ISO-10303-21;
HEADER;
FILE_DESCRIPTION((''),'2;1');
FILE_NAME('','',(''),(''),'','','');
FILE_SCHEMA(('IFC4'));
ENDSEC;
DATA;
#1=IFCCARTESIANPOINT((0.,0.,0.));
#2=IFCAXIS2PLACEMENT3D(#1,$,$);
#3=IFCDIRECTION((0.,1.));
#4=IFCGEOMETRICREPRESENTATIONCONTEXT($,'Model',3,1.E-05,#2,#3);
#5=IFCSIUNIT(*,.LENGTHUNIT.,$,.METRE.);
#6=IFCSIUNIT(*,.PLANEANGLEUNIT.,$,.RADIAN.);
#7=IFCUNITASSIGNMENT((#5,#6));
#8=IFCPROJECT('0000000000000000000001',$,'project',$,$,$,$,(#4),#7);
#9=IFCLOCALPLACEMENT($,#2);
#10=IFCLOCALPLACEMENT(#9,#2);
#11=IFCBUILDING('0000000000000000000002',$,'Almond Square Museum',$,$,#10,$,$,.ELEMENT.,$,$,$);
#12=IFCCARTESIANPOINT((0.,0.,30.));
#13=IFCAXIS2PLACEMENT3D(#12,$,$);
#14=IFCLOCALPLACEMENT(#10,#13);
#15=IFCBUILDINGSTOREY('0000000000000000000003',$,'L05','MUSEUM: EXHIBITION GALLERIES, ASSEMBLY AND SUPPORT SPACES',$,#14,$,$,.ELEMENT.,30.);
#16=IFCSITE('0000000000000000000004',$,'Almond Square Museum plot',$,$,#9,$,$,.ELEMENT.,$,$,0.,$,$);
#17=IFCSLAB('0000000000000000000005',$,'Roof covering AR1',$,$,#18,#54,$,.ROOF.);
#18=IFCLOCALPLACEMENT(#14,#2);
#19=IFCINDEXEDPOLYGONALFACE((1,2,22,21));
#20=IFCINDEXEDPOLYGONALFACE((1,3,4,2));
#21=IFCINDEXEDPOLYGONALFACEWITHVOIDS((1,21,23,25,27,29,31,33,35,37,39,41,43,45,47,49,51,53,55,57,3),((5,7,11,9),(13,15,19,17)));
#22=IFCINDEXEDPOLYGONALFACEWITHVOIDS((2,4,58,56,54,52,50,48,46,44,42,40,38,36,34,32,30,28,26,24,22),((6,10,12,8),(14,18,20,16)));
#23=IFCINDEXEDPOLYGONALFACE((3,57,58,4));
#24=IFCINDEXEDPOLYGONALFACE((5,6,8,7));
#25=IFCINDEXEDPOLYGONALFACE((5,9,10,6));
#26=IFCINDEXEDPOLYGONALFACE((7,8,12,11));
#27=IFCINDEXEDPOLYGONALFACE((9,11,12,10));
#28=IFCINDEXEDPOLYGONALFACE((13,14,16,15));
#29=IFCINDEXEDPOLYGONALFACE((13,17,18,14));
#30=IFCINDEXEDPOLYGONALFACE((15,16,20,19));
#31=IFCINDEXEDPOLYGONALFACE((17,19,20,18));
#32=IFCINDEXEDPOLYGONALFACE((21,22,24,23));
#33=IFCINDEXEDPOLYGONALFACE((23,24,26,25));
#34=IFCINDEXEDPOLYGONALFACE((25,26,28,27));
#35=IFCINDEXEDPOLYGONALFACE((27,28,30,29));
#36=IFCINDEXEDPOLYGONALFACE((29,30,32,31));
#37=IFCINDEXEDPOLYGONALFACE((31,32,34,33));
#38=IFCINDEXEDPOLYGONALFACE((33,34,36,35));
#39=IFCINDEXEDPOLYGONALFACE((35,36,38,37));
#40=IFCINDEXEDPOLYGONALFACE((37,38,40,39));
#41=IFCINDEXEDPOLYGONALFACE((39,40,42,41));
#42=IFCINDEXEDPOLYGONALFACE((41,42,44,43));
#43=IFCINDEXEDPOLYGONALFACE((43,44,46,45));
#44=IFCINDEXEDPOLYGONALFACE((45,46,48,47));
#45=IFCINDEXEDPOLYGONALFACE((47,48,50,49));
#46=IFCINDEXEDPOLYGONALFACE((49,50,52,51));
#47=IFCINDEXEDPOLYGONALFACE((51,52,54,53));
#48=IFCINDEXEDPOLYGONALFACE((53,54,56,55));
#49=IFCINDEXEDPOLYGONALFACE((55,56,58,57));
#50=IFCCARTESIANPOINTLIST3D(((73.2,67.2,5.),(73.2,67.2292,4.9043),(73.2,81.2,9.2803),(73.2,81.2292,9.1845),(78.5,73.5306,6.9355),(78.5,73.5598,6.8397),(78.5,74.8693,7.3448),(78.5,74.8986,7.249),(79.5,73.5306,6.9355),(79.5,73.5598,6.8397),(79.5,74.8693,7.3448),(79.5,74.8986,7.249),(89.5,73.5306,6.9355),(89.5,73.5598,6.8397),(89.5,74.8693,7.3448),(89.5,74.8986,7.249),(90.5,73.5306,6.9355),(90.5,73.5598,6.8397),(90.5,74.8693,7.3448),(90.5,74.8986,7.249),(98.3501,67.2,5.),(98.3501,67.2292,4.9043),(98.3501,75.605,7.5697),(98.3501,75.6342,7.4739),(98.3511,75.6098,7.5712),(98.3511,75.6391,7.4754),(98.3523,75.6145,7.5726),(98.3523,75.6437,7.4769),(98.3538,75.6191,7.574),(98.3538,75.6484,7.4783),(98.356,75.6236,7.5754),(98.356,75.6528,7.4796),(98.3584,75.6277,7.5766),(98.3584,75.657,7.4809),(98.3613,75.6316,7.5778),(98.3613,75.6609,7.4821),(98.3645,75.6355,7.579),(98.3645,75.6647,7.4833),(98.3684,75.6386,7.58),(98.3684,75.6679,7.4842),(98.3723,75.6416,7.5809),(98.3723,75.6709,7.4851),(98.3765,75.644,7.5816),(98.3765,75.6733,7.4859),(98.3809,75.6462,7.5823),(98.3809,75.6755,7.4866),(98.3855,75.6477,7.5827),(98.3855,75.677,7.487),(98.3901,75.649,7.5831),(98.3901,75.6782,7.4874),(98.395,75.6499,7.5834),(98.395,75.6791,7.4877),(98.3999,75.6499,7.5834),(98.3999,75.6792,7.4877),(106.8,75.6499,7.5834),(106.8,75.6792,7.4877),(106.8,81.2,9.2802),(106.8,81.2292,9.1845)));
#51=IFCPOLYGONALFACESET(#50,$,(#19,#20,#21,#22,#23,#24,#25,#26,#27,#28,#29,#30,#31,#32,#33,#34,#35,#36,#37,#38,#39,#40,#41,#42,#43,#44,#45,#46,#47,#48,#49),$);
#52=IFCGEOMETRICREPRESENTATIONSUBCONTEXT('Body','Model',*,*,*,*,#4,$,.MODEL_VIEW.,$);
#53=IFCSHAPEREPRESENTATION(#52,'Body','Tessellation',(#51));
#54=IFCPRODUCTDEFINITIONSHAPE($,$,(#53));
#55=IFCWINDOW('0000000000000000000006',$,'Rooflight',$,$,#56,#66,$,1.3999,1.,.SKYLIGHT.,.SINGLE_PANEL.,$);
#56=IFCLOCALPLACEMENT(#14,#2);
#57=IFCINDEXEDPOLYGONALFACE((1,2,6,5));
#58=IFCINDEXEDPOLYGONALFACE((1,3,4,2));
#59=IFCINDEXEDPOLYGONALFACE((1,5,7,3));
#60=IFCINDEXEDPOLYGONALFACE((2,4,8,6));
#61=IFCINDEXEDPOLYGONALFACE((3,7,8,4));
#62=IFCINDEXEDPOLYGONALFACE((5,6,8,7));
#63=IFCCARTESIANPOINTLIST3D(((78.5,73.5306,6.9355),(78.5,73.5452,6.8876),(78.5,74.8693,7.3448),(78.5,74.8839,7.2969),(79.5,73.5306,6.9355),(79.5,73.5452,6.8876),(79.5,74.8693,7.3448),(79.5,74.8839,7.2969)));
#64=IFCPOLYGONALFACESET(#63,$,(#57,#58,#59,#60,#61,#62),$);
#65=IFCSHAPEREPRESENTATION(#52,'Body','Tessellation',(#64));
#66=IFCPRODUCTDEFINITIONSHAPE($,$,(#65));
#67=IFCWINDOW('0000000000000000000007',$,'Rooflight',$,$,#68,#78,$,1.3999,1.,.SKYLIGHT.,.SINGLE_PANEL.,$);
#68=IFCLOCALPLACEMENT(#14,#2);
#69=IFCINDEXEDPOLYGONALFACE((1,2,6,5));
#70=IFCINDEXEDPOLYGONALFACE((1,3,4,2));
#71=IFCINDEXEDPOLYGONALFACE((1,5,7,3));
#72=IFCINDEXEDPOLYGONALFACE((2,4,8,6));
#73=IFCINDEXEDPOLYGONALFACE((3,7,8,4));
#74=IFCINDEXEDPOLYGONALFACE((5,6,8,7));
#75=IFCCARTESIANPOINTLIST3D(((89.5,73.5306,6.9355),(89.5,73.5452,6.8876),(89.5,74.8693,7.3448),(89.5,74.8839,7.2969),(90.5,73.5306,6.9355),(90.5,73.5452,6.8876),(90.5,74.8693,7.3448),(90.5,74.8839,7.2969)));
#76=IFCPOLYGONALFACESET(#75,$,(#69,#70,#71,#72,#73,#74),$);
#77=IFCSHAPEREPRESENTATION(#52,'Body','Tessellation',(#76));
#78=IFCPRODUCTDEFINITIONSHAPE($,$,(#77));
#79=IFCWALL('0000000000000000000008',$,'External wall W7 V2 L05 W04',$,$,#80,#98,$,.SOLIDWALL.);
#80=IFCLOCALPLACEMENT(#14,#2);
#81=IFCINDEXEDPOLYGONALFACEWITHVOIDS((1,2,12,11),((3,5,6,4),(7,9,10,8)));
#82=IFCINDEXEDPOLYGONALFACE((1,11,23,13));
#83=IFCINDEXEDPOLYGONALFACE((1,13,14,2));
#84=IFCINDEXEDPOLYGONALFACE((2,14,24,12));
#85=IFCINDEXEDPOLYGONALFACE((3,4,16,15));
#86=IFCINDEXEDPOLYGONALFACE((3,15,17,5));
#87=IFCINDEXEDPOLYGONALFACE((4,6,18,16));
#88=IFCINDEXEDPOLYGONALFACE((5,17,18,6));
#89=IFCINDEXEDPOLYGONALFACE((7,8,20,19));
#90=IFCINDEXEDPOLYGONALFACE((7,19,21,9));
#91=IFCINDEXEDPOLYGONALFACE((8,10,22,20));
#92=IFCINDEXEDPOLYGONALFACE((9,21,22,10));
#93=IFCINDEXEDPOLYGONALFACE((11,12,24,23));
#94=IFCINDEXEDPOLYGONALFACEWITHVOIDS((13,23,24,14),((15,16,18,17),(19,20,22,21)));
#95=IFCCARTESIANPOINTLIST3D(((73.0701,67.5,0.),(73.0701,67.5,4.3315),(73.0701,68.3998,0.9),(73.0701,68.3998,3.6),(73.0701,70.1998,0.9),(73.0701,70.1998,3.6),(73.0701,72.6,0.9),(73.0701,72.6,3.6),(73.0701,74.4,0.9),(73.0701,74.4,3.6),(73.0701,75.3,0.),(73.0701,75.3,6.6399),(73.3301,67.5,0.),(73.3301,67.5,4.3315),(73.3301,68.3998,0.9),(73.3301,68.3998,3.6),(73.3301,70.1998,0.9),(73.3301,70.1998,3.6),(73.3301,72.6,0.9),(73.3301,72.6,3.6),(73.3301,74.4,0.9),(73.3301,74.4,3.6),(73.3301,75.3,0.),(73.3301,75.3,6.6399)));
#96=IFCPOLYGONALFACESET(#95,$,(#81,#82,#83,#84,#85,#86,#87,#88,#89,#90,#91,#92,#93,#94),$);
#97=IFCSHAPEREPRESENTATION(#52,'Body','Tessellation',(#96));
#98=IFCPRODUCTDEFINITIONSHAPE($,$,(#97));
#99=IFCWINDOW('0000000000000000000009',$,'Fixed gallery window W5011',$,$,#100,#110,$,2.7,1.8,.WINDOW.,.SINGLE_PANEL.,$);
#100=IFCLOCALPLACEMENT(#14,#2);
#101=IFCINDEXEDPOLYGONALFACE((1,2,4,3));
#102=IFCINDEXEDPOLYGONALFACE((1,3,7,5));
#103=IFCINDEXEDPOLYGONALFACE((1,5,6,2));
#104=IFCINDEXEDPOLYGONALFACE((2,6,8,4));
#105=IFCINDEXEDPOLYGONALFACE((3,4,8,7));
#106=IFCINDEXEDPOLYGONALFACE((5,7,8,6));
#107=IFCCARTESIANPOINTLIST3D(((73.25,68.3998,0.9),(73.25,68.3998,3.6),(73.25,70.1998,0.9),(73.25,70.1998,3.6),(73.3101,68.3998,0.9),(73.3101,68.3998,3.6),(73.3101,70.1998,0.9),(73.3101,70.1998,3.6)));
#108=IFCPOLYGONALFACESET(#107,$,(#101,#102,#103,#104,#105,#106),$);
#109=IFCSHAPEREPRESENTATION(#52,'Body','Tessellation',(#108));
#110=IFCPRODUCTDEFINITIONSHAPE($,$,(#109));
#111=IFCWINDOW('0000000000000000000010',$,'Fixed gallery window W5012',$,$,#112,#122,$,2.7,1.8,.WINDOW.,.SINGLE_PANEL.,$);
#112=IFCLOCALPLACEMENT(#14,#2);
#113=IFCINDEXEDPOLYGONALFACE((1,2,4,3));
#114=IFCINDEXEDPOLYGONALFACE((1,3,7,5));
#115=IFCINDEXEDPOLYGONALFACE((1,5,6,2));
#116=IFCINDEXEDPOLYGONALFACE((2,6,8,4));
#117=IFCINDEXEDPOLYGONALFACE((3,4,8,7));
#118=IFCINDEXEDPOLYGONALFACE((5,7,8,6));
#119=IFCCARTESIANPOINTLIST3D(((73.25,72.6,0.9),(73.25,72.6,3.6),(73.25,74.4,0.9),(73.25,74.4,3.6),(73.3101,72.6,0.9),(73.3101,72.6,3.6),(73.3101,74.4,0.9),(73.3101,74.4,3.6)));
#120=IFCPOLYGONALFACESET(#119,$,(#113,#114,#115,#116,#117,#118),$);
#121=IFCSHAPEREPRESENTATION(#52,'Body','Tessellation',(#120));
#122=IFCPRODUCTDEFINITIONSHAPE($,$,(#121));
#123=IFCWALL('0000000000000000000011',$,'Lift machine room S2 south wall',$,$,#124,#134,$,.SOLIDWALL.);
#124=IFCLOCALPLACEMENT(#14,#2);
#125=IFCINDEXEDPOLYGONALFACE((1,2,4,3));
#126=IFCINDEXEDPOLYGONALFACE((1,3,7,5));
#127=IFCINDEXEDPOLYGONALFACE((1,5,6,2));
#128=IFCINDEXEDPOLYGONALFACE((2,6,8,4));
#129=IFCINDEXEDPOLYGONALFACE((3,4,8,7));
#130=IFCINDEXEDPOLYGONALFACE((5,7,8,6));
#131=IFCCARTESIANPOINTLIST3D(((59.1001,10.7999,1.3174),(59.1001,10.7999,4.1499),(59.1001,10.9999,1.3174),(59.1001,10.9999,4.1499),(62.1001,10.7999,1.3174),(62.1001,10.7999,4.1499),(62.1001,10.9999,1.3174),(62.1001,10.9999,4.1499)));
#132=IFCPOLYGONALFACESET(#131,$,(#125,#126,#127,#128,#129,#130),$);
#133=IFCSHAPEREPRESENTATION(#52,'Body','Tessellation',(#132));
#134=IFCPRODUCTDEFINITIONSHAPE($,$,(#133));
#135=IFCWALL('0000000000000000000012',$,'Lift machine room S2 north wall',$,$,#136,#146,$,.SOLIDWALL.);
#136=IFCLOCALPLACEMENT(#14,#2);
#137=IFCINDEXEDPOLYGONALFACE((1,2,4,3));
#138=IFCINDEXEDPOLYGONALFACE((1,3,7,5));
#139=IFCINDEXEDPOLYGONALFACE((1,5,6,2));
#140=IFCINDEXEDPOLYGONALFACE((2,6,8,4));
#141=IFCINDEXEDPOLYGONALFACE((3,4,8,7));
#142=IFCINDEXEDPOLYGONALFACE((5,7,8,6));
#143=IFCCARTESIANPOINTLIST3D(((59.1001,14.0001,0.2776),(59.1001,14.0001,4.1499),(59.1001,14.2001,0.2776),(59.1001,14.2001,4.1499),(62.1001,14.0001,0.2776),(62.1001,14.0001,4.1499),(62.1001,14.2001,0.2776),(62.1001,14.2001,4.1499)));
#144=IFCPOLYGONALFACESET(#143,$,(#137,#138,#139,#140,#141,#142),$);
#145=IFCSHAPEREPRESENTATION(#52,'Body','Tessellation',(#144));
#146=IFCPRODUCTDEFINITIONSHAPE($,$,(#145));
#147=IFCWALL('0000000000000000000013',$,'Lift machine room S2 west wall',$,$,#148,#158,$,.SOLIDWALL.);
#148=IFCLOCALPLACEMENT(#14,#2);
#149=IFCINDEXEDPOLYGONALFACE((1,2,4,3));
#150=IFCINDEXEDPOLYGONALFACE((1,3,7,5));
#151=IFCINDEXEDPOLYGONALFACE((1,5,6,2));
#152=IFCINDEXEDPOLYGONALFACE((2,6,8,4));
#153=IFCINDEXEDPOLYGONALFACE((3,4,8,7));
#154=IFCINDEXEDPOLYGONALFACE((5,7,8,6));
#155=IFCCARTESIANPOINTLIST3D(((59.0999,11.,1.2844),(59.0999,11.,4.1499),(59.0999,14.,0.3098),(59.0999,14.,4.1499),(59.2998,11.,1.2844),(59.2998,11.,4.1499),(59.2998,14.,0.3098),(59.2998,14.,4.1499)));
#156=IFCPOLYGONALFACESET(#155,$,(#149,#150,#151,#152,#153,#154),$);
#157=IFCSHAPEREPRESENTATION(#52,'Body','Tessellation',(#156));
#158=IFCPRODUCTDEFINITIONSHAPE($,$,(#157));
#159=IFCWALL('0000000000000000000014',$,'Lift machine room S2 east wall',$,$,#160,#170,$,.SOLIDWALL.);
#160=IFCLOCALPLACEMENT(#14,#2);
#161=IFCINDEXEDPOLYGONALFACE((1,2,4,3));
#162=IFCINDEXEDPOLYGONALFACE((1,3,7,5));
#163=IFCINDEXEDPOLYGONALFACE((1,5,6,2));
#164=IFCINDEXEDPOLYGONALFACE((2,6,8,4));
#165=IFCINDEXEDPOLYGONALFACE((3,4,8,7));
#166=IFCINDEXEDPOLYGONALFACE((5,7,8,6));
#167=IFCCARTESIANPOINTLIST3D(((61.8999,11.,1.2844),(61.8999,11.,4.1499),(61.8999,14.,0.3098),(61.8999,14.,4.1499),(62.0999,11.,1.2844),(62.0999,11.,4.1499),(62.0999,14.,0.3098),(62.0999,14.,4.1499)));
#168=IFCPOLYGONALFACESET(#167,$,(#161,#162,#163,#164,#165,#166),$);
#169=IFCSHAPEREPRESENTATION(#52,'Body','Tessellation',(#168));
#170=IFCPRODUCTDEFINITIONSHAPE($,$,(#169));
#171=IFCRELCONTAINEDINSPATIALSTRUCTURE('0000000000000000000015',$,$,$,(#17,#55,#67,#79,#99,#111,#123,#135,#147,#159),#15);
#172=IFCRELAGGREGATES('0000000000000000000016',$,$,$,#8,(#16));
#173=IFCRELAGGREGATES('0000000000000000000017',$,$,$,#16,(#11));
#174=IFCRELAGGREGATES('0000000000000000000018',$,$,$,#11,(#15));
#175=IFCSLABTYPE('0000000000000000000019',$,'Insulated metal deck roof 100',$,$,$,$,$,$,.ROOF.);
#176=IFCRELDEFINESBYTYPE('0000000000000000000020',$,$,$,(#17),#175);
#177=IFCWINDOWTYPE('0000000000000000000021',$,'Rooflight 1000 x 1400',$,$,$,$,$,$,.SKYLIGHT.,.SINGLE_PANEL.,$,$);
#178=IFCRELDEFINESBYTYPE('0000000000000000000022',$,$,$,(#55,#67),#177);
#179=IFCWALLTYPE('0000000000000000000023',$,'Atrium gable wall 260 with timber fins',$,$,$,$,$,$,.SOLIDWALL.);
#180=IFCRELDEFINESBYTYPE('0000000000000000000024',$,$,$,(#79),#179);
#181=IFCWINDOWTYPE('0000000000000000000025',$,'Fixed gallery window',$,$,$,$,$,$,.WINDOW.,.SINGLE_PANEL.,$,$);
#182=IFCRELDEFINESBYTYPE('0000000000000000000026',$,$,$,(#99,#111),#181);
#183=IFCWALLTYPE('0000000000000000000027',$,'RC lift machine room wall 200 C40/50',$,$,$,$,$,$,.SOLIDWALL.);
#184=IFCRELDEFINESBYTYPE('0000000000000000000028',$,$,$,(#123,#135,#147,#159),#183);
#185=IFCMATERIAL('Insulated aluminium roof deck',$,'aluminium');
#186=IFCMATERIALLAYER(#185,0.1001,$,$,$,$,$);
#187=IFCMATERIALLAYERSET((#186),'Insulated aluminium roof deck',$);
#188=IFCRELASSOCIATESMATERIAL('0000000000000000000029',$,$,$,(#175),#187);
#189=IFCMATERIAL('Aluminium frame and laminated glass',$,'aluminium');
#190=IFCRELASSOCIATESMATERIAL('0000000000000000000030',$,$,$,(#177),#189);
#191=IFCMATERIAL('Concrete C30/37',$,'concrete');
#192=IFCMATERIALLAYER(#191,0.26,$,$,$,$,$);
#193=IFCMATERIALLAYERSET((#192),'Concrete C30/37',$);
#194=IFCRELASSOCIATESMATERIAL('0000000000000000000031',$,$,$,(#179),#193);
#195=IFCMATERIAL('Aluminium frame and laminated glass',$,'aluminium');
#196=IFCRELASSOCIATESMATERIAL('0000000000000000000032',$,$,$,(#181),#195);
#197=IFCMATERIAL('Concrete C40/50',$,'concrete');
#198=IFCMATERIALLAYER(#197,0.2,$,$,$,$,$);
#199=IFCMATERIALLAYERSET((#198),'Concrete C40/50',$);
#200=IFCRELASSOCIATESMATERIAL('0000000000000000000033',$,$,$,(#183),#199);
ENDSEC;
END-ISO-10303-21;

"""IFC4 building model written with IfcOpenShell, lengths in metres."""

from ifc_helpers import new_model, si_unit, direction, frame, frame_2d, origin, origin_2d, place, context, subcontext, project, spatial, polyline, rectangle, outline, extrude, material, layer, layer_set, type_object, element, fill, save


model = new_model("IFC4")

# Units and contexts
model_context = context("Model", 3, precision=1e-05, world=origin(), true_north=direction((0.0, 1.0)))
body_context = subcontext(model_context, "Body", "Model", "MODEL_VIEW")
ifc_project = project(units=[si_unit("LENGTHUNIT", "METRE"), si_unit("PLANEANGLEUNIT", "RADIAN")], contexts=[model_context])

# Site, building, storey
site_placement = place(None, origin())
site = spatial("IfcSite", under=ifc_project, at=site_placement, Name="Almond Square Museum plot", CompositionType="ELEMENT", RefElevation=0.0)
building_placement = place(site_placement, origin())
building = spatial("IfcBuilding", under=site, at=building_placement, Name="Almond Square Museum", CompositionType="ELEMENT")
storey_placement = place(building_placement, frame((0.0, 0.0, 30.0)))
storey = spatial("IfcBuildingStorey", under=building, at=storey_placement, Name="L05", Description="MUSEUM: EXHIBITION GALLERIES, ASSEMBLY AND SUPPORT SPACES", CompositionType="ELEMENT", Elevation=30.0)

# Slab, openings, windows
ifc_material_1 = material(Name="Insulated aluminium roof deck", Category="aluminium")
ifc_layer_1 = layer(ifc_material_1, 0.1001)
ifc_layer_set_1 = layer_set([ifc_layer_1], Name="Insulated aluminium roof deck")
slab_type = type_object("IfcSlabType", Name="Insulated metal deck roof 100", PredefinedType="ROOF", material=ifc_layer_set_1)
slab_placement = place(storey_placement, frame((73.2, 67.2, 5.0), z_axis=(0.000001, -0.292373, 0.956304), x_axis=(0.0, 0.956304, 0.292373)))
slab = element("IfcSlab", 1, at=slab_placement, inside=storey, type_object=slab_type, Name="Roof covering AR1", PredefinedType="ROOF", context=body_context, shape_type="SweptSolid", body=[
    extrude(outline(polyline([(0.0, 0.0), (14.6397, 0.0), (14.6397, -33.6001), (8.8361, -33.6001), (8.8361, -25.2), (8.836, -25.1951), (8.8351, -25.1902), (8.8338, -25.1855), (8.8322, -25.1809), (8.8299, -25.1765), (8.8273, -25.1724), (8.8243, -25.1685), (8.8209, -25.1646), (8.8169, -25.1614), (8.8128, -25.1584), (8.8085, -25.156), (8.8039, -25.1538), (8.799, -25.1523), (8.7941, -25.1511), (8.789, -25.1501), (8.7839, -25.1501), (0.0, -25.1501), (0.0, 0.0)])), origin(), (0.0, 0.0, -1.0), 0.1001),
])
opening_1_placement = place(slab_placement, frame((7.3198, -5.8, 0.01), z_axis=(0.0, 0.0, -1.0), x_axis=(0.000002, -1.0, 0.0)))
opening_1 = element("IfcOpeningElement", 2, at=opening_1_placement, cuts=slab, PredefinedType="OPENING", context=body_context, shape_type="SweptSolid", body=[
    extrude(rectangle(XDim=1.0, YDim=1.3999, at=origin_2d()), origin(), (0.0, 0.0, 1.0), 0.1201),
])
opening_2_placement = place(slab_placement, frame((7.3198, -16.8, 0.01), z_axis=(0.0, 0.0, -1.0), x_axis=(0.000002, -1.0, 0.0)))
opening_2 = element("IfcOpeningElement", 3, at=opening_2_placement, cuts=slab, PredefinedType="OPENING", context=body_context, shape_type="SweptSolid", body=[
    extrude(rectangle(XDim=1.0, YDim=1.3999, at=origin_2d()), origin(), (0.0, 0.0, 1.0), 0.1201),
])
ifc_material_2 = material(Name="Aluminium frame and laminated glass", Category="aluminium")
window_type_1 = type_object("IfcWindowType", Name="Rooflight 1000 x 1400", PartitioningType="SINGLE_PANEL", PredefinedType="SKYLIGHT", material=ifc_material_2)
window_1_placement = place(opening_1_placement, frame((0.0, 0.0, 0.01)))
window_1 = element("IfcWindow", 4, at=window_1_placement, inside=storey, type_object=window_type_1, Name="Rooflight", OverallHeight=1.3999, OverallWidth=1.0, PartitioningType="SINGLE_PANEL", PredefinedType="SKYLIGHT", context=body_context, shape_type="SweptSolid", body=[
    extrude(rectangle(XDim=1.0, YDim=1.3999, at=origin_2d()), origin(), (0.0, 0.0, 1.0), 0.05),
])
fill(opening_1, window_1)
window_2_placement = place(opening_2_placement, frame((0.0, 0.0, 0.01)))
window_2 = element("IfcWindow", 5, at=window_2_placement, inside=storey, type_object=window_type_1, Name="Rooflight", OverallHeight=1.3999, OverallWidth=1.0, PartitioningType="SINGLE_PANEL", PredefinedType="SKYLIGHT", context=body_context, shape_type="SweptSolid", body=[
    extrude(rectangle(XDim=1.0, YDim=1.3999, at=origin_2d()), origin(), (0.0, 0.0, 1.0), 0.05),
])
fill(opening_2, window_2)

# Wall, openings, windows
ifc_material_3 = material(Name="Concrete C30/37", Category="concrete")
ifc_layer_2 = layer(ifc_material_3, 0.26)
ifc_layer_set_2 = layer_set([ifc_layer_2], Name="Concrete C30/37")
wall_type_1 = type_object("IfcWallType", Name="Atrium gable wall 260 with timber fins", PredefinedType="SOLIDWALL", material=ifc_layer_set_2)
wall_1_placement = place(storey_placement, frame((73.2, 67.5, 0.0), z_axis=(0.0, 0.0, 1.0), x_axis=(0.0, 1.0, 0.0)))
wall_1 = element("IfcWall", 6, at=wall_1_placement, inside=storey, type_object=wall_type_1, Name="External wall W7 V2 L05 W04", PredefinedType="SOLIDWALL", context=body_context, shape_type="SweptSolid", body=[
    extrude(outline(polyline([(0.0, 0.0), (7.8, 0.0), (7.8, 6.6399), (0.0, 4.3315), (0.0, 0.0)])), frame((0.0, 0.1299, 0.0), z_axis=(0.0, -1.0, 0.0), x_axis=(1.0, 0.0, 0.0)), (0.0, 0.0, 1.0), 0.26),
])
opening_3_placement = place(wall_1_placement, frame((0.8999, 0.0, 0.8999)))
opening_3 = element("IfcOpeningElement", 7, at=opening_3_placement, cuts=wall_1, PredefinedType="OPENING", context=body_context, shape_type="SweptSolid", body=[
    extrude(rectangle(XDim=1.8, YDim=2.7, at=frame_2d((0.8999, 1.3501))), frame((0.0, 0.1399, 0.0), z_axis=(0.0, -1.0, 0.0), x_axis=(1.0, 0.0, 0.0)), (0.0, 0.0, 1.0), 0.28),
])
opening_4_placement = place(wall_1_placement, frame((5.1001, 0.0, 0.8999)))
opening_4 = element("IfcOpeningElement", 8, at=opening_4_placement, cuts=wall_1, PredefinedType="OPENING", context=body_context, shape_type="SweptSolid", body=[
    extrude(rectangle(XDim=1.8, YDim=2.7, at=frame_2d((0.8999, 1.3501))), frame((0.0, 0.1399, 0.0), z_axis=(0.0, -1.0, 0.0), x_axis=(1.0, 0.0, 0.0)), (0.0, 0.0, 1.0), 0.28),
])
ifc_material_4 = material(Name="Aluminium frame and laminated glass", Category="aluminium")
window_type_2 = type_object("IfcWindowType", Name="Fixed gallery window", PartitioningType="SINGLE_PANEL", PredefinedType="WINDOW", material=ifc_material_4)
window_3_placement = place(opening_3_placement, origin())
window_3 = element("IfcWindow", 9, at=window_3_placement, inside=storey, type_object=window_type_2, Name="Fixed gallery window W5011", OverallHeight=2.7, OverallWidth=1.8, PartitioningType="SINGLE_PANEL", PredefinedType="WINDOW", context=body_context, shape_type="SweptSolid", body=[
    extrude(rectangle(XDim=1.8, YDim=2.7, at=frame_2d((0.8999, 1.3501))), frame((0.0, -0.05, 0.0), z_axis=(0.0, -1.0, 0.0), x_axis=(1.0, 0.0, 0.0)), (0.0, 0.0, 1.0), 0.0601),
])
fill(opening_3, window_3)
window_4_placement = place(opening_4_placement, origin())
window_4 = element("IfcWindow", 10, at=window_4_placement, inside=storey, type_object=window_type_2, Name="Fixed gallery window W5012", OverallHeight=2.7, OverallWidth=1.8, PartitioningType="SINGLE_PANEL", PredefinedType="WINDOW", context=body_context, shape_type="SweptSolid", body=[
    extrude(rectangle(XDim=1.8, YDim=2.7, at=frame_2d((0.8999, 1.3501))), frame((0.0, -0.05, 0.0), z_axis=(0.0, -1.0, 0.0), x_axis=(1.0, 0.0, 0.0)), (0.0, 0.0, 1.0), 0.0601),
])
fill(opening_4, window_4)

# Walls
ifc_material_5 = material(Name="Concrete C40/50", Category="concrete")
ifc_layer_3 = layer(ifc_material_5, 0.2)
ifc_layer_set_3 = layer_set([ifc_layer_3], Name="Concrete C40/50")
wall_type_2 = type_object("IfcWallType", Name="RC lift machine room wall 200 C40/50", PredefinedType="SOLIDWALL", material=ifc_layer_set_3)
wall_2_placement = place(storey_placement, frame((59.1001, 10.8999, 1.3174), z_axis=(0.0, 0.0, 1.0), x_axis=(1.0, 0.0, 0.0)))
element("IfcWall", 11, at=wall_2_placement, inside=storey, type_object=wall_type_2, Name="Lift machine room S2 south wall", PredefinedType="SOLIDWALL", context=body_context, shape_type="SweptSolid", body=[
    extrude(rectangle(XDim=3.0, YDim=0.2, at=frame_2d((1.5, 0.0))), origin(), (0.0, 0.0, 1.0), 2.8325),
])
wall_3_placement = place(storey_placement, frame((59.1001, 14.1001, 0.2776), z_axis=(0.0, 0.0, 1.0), x_axis=(1.0, 0.0, 0.0)))
element("IfcWall", 12, at=wall_3_placement, inside=storey, type_object=wall_type_2, Name="Lift machine room S2 north wall", PredefinedType="SOLIDWALL", context=body_context, shape_type="SweptSolid", body=[
    extrude(rectangle(XDim=3.0, YDim=0.2, at=frame_2d((1.5, 0.0))), origin(), (0.0, 0.0, 1.0), 3.8723),
])
for number, where, z_axis, x_axis, name in (
    (13, (59.2, 11.0, 0.3101), (0.0, 0.0, 1.0), (0.0, 1.0, 0.0), "Lift machine room S2 west wall"),
    (14, (62.0, 11.0, 0.3101), (0.0, 0.0, 1.0), (0.0, 1.0, 0.0), "Lift machine room S2 east wall"),
):
    element("IfcWall", number, at=place(storey_placement, frame(where, z_axis=z_axis, x_axis=x_axis)), inside=storey, type_object=wall_type_2, Name=name, PredefinedType="SOLIDWALL", context=body_context, shape_type="SweptSolid", body=[
        extrude(outline(polyline([(0.0, 0.9744), (3.0, -0.0002), (3.0, 3.8398), (0.0, 3.8398), (0.0, 0.9744)])), frame((0.0, 0.1001, 0.0), z_axis=(0.0, -1.0, 0.0), x_axis=(1.0, 0.0, 0.0)), (0.0, 0.0, 1.0), 0.2),
    ])

save(model, "model.ifc")
